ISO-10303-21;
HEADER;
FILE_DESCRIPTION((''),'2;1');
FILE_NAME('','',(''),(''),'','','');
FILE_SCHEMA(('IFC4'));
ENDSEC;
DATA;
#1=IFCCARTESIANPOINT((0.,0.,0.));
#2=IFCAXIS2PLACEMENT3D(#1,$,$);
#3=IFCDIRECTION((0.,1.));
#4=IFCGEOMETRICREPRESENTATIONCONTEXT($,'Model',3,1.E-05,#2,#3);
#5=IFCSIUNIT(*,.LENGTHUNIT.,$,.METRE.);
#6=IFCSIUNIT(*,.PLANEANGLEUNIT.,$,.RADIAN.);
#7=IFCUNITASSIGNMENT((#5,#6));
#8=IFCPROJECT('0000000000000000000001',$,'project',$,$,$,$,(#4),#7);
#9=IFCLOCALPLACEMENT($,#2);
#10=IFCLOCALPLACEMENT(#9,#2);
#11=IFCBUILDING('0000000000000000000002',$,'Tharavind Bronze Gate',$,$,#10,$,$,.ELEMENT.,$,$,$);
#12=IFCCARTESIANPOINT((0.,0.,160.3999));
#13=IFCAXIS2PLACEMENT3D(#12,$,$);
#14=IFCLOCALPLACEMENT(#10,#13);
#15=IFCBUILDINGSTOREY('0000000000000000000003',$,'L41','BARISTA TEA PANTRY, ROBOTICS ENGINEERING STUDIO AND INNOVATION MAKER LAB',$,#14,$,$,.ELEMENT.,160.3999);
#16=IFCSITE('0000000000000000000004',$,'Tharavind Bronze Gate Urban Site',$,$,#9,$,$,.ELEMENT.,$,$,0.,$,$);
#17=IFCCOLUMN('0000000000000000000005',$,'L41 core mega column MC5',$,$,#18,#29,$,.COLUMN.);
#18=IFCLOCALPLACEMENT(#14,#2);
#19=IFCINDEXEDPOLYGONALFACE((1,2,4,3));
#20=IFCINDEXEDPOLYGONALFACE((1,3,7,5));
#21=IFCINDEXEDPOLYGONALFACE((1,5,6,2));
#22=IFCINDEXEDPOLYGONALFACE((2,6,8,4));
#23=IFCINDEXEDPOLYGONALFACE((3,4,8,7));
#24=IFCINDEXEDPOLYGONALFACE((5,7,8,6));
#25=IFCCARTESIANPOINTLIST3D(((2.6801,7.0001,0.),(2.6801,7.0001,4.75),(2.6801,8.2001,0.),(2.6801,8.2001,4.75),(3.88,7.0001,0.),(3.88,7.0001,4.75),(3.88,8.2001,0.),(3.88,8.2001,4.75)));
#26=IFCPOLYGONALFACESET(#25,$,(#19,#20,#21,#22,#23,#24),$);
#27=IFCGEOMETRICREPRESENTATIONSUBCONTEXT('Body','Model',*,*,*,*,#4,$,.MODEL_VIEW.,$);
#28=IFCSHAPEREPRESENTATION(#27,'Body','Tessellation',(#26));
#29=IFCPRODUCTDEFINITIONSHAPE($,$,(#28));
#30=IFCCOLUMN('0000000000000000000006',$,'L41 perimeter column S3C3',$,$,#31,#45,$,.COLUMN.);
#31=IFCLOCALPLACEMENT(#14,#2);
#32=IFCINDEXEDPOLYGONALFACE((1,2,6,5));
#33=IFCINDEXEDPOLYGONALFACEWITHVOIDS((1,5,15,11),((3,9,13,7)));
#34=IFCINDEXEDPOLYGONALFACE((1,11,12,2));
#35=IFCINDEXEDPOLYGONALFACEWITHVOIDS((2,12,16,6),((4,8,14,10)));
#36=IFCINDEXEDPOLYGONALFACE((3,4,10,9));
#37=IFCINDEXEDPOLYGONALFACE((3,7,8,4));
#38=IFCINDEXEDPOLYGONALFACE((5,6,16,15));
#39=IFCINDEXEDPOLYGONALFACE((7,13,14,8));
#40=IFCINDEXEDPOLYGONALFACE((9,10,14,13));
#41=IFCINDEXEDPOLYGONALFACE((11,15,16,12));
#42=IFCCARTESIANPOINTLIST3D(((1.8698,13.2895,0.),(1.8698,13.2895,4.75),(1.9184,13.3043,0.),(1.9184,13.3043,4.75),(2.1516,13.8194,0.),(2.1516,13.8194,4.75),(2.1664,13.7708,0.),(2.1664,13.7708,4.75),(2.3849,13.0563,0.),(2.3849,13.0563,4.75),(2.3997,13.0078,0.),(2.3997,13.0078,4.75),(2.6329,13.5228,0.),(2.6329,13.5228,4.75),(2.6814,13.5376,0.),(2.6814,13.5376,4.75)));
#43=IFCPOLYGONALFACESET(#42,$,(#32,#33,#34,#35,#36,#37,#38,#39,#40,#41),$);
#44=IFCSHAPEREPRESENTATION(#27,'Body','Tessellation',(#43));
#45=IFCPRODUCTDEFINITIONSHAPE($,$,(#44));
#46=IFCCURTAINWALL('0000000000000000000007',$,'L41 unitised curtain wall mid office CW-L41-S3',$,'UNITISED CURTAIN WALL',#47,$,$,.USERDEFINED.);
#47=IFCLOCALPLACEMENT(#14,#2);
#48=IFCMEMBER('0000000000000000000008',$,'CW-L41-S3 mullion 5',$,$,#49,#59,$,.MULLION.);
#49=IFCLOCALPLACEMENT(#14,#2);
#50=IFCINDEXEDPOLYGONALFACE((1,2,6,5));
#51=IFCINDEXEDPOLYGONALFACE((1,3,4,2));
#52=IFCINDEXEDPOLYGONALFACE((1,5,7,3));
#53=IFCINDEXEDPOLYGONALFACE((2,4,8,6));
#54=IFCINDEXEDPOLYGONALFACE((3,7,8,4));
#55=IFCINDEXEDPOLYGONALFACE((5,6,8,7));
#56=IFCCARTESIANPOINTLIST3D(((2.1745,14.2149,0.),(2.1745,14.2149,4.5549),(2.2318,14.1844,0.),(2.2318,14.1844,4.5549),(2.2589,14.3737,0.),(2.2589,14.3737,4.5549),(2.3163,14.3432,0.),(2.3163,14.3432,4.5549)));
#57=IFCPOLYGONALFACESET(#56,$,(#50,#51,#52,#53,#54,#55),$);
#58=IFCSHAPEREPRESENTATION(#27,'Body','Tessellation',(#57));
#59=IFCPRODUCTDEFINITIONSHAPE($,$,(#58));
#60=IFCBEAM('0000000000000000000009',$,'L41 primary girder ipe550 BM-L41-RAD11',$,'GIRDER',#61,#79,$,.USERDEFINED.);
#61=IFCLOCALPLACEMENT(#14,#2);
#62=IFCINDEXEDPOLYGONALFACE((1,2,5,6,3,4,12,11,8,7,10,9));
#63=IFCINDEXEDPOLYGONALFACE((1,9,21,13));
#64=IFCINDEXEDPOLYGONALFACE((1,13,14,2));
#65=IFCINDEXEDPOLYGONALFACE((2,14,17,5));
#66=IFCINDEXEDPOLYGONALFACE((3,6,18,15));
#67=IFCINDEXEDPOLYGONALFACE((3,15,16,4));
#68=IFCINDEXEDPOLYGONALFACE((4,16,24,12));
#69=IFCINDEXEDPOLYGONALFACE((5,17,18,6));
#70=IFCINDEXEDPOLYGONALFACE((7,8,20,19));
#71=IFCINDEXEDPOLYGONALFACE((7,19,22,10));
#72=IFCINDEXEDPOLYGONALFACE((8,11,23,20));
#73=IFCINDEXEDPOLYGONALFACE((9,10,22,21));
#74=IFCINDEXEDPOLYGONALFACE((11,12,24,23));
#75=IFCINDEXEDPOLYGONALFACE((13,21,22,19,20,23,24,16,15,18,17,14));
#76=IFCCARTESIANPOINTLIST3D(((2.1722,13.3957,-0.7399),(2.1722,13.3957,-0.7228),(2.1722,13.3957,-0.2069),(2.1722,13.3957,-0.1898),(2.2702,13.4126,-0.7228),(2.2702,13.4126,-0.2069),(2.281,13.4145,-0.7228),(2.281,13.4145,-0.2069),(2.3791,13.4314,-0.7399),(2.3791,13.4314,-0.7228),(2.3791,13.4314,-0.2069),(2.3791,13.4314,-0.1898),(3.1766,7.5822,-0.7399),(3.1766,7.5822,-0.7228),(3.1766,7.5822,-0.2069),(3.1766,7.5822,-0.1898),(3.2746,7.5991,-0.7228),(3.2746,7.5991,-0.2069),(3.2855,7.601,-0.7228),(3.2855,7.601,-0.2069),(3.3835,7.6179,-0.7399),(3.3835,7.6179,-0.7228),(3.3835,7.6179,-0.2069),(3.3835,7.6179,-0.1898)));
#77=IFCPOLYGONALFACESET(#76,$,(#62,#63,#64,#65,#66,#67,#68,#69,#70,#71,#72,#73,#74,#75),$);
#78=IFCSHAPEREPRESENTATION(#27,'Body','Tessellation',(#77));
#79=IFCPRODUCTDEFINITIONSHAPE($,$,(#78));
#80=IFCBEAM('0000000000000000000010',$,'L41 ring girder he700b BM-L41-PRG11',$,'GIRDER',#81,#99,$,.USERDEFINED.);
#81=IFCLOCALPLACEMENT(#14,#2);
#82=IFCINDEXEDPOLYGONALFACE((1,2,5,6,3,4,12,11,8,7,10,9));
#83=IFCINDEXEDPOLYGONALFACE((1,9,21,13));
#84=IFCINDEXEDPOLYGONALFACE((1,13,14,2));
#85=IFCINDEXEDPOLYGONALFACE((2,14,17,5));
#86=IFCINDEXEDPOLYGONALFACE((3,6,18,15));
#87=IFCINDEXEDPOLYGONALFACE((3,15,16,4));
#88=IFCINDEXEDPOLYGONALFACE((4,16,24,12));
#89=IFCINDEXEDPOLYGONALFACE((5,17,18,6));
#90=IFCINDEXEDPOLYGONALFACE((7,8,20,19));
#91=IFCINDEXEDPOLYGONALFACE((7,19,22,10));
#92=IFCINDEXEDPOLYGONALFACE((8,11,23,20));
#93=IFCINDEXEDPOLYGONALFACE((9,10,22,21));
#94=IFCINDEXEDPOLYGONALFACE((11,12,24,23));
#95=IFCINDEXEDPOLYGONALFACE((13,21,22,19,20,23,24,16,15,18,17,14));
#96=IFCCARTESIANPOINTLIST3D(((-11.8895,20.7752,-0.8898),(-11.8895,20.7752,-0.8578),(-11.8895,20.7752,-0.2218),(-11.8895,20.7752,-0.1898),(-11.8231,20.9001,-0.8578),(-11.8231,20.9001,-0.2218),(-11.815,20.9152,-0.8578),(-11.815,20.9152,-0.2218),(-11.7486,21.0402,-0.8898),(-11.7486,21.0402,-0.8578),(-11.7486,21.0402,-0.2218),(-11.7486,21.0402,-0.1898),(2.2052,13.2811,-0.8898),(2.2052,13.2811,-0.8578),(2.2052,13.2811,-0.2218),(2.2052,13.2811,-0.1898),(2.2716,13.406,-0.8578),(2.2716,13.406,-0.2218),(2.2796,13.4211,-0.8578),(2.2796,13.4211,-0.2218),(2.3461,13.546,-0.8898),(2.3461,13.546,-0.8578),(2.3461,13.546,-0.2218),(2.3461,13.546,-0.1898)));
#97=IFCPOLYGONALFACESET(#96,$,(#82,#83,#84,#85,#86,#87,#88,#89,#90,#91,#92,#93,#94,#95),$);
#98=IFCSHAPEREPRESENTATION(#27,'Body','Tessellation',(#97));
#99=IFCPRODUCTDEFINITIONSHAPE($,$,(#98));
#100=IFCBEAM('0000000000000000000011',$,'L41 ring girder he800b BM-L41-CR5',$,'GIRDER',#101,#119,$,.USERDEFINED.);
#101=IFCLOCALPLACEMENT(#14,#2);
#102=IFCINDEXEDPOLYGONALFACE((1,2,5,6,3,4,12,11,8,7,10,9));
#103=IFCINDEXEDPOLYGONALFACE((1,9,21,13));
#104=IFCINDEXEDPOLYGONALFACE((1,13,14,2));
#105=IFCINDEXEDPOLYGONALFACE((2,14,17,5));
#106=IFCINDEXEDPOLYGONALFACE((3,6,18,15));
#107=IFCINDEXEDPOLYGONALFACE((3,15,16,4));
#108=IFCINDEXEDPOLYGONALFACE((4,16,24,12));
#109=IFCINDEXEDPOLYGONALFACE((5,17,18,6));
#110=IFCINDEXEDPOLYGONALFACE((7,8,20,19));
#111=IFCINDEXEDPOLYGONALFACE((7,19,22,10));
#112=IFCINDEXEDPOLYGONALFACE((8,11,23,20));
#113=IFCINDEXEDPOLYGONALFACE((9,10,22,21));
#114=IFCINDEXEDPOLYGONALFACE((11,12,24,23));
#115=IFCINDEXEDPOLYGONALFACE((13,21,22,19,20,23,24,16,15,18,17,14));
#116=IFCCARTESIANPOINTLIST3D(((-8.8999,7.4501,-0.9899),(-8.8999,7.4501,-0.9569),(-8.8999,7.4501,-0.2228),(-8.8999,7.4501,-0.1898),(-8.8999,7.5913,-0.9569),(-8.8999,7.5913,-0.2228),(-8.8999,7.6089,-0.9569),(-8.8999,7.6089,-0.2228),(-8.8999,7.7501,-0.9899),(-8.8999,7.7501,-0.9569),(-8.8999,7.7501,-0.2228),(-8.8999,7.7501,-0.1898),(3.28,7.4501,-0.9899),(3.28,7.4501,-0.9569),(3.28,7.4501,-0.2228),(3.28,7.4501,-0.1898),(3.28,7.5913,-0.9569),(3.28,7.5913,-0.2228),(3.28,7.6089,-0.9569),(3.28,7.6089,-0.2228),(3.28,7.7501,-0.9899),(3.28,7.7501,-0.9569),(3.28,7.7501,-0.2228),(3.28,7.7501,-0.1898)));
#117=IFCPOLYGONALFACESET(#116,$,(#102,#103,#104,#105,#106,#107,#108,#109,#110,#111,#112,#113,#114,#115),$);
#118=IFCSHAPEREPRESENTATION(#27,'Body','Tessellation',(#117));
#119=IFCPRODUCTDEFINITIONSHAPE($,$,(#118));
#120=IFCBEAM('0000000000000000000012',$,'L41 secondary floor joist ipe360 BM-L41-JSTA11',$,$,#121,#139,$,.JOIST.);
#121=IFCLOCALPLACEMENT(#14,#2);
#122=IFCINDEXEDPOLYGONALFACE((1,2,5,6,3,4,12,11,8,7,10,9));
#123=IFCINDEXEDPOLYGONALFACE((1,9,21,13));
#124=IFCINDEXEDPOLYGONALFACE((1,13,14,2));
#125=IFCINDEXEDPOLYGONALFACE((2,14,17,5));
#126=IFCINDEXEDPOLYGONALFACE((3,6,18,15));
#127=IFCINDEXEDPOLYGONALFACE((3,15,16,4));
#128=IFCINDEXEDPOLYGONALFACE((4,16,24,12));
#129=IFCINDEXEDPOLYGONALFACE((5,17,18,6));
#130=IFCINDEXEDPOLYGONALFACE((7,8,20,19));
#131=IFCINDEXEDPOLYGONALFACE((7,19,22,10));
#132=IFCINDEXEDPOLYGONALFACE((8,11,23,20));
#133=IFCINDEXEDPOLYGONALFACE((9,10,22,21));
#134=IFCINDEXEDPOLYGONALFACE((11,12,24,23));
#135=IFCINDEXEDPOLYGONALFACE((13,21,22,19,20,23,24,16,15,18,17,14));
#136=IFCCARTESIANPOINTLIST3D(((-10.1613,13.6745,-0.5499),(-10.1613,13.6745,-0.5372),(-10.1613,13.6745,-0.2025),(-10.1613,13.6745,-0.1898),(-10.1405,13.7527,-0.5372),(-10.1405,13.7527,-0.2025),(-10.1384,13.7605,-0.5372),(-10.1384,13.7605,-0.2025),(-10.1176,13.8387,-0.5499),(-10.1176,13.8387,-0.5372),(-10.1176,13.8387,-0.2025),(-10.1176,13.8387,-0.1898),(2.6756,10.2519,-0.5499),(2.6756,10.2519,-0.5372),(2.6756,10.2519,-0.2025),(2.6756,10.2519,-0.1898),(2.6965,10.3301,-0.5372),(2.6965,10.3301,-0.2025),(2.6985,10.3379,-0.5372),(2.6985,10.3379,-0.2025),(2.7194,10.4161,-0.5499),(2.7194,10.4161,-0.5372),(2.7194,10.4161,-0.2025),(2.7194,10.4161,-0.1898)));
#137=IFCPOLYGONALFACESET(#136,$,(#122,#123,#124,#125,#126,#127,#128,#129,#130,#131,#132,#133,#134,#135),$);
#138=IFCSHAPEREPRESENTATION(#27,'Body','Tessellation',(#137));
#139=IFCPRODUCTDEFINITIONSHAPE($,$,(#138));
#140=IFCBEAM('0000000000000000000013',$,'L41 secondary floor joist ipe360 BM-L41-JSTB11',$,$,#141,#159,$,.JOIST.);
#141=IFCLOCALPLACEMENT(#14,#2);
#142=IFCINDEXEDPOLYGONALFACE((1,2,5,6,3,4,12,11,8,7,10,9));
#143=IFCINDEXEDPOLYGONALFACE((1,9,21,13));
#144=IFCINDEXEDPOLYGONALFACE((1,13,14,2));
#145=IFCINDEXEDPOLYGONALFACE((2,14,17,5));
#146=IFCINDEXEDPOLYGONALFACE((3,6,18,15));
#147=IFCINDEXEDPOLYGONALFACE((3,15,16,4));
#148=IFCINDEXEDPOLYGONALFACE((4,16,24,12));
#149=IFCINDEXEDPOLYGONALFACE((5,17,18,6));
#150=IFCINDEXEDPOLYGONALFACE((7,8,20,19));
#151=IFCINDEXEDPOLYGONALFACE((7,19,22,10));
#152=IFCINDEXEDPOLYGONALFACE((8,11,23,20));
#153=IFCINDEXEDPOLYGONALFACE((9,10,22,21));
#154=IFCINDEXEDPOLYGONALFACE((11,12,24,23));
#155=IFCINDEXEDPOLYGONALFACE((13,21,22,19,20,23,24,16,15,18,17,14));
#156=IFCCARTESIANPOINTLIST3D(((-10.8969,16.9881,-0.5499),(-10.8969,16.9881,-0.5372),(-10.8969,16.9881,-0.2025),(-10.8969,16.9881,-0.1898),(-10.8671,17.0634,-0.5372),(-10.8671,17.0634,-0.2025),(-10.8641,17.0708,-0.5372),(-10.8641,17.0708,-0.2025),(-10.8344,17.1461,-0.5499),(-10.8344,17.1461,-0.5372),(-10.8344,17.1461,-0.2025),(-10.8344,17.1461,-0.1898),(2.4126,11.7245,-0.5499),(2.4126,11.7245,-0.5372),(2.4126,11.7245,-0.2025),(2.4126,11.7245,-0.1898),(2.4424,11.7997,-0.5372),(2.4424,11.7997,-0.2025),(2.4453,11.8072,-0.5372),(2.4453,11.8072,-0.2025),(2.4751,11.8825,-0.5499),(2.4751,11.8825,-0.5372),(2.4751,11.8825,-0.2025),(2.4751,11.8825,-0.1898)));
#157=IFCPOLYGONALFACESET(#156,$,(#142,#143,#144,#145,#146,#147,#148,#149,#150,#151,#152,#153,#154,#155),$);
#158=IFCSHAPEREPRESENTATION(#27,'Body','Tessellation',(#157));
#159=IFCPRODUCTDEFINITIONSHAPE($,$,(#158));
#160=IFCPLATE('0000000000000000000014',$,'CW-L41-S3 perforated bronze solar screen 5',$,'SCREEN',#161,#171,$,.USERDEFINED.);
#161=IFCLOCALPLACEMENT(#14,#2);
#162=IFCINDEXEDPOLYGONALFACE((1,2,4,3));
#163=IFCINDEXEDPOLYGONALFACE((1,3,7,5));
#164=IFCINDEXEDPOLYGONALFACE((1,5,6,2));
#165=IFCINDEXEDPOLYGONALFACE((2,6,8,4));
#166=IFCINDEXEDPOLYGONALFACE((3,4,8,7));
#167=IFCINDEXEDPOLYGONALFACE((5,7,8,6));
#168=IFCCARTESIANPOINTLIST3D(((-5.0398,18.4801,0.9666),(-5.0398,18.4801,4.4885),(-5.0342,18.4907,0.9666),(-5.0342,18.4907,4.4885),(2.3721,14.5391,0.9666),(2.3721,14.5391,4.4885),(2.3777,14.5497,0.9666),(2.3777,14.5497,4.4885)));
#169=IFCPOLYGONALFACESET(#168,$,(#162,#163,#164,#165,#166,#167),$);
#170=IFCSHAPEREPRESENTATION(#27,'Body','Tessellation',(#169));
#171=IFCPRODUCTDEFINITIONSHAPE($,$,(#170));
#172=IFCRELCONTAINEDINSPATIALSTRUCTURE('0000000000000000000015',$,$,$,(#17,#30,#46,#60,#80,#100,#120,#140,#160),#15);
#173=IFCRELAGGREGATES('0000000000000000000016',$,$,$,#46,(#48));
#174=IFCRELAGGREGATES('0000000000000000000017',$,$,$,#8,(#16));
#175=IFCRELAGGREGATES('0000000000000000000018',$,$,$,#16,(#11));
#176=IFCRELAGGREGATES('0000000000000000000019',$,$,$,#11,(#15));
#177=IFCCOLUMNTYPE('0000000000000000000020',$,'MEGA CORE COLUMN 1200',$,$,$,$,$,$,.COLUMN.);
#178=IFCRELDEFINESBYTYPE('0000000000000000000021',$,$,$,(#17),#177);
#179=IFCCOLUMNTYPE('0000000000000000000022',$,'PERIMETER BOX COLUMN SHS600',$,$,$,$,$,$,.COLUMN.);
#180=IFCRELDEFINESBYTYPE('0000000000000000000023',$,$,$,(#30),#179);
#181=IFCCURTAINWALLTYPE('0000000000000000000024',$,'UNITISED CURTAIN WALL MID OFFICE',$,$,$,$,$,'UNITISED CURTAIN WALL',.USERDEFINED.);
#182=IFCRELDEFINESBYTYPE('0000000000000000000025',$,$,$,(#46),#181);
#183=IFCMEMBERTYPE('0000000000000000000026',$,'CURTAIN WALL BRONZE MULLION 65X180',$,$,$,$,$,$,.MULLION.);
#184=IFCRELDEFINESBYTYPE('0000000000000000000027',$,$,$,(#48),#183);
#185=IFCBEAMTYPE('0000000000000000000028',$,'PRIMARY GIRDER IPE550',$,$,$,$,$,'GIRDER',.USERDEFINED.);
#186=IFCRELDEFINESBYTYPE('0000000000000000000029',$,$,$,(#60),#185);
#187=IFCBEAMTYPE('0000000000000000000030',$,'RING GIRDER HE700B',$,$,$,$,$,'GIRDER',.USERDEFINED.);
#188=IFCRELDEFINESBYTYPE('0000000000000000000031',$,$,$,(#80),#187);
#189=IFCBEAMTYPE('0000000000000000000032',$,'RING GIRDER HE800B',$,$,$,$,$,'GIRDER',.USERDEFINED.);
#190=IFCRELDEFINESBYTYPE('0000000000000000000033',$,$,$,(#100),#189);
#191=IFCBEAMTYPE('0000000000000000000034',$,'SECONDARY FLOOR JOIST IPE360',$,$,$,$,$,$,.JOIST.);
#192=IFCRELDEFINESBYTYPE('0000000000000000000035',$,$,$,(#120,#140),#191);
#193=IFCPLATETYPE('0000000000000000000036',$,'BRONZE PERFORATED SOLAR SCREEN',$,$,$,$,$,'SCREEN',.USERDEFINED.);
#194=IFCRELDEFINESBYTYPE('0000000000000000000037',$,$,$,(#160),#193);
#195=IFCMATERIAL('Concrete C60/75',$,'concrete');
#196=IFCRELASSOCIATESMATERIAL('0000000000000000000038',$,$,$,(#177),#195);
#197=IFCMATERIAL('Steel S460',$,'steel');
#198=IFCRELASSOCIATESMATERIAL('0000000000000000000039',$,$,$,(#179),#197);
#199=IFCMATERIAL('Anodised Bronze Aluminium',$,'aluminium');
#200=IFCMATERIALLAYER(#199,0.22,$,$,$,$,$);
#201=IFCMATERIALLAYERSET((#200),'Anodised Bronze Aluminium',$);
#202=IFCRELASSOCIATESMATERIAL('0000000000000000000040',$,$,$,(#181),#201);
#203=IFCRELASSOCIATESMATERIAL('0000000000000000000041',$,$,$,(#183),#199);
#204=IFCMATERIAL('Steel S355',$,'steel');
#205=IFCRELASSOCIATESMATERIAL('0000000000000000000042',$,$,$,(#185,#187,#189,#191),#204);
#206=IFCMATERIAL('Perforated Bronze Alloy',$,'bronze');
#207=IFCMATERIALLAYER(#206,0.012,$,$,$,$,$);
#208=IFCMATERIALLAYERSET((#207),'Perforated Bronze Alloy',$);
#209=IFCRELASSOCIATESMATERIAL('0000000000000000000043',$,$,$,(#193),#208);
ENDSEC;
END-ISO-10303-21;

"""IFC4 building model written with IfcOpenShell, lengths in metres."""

from ifc_helpers import new_model, si_unit, direction, frame, origin, origin_2d, place, context, subcontext, project, spatial, rectangle, hollow_rectangle, i_section, extrude, material, layer, layer_set, material_profile, profile_set, type_object, element, aggregate, save


model = new_model("IFC4")

# Units and contexts
model_context = context("Model", 3, precision=1e-05, world=origin(), true_north=direction((0.0, 1.0)))
body_context = subcontext(model_context, "Body", "Model", "MODEL_VIEW")
ifc_project = project(units=[si_unit("LENGTHUNIT", "METRE"), si_unit("PLANEANGLEUNIT", "RADIAN")], contexts=[model_context])

# Site, building, storey
site_placement = place(None, origin())
site = spatial("IfcSite", under=ifc_project, at=site_placement, Name="Tharavind Bronze Gate Urban Site", CompositionType="ELEMENT", RefElevation=0.0)
building_placement = place(site_placement, origin())
building = spatial("IfcBuilding", under=site, at=building_placement, Name="Tharavind Bronze Gate", CompositionType="ELEMENT")
storey_placement = place(building_placement, frame((0.0, 0.0, 160.3999)))
storey = spatial("IfcBuildingStorey", under=building, at=storey_placement, Name="L41", Description="BARISTA TEA PANTRY, ROBOTICS ENGINEERING STUDIO AND INNOVATION MAKER LAB", CompositionType="ELEMENT", Elevation=160.3999)

# Columns
ifc_material_1 = material(Name="Concrete C60/75", Category="concrete")
ifc_material_profile_1 = material_profile(ifc_material_1, rectangle(XDim=1.2, YDim=1.2, at=origin_2d()), Name="RCCOL1200")
ifc_profile_set_1 = profile_set([ifc_material_profile_1], Name="Concrete C60/75")
column_type_1 = type_object("IfcColumnType", Name="MEGA CORE COLUMN 1200", PredefinedType="COLUMN", material=ifc_profile_set_1)
column_1_placement = place(storey_placement, frame((3.28, 7.6001, 0.0), z_axis=(0.0, 0.0, 1.0), x_axis=(1.0, 0.0, 0.0)))
element("IfcColumn", 1, at=column_1_placement, inside=storey, type_object=column_type_1, Name="L41 core mega column MC5", PredefinedType="COLUMN", context=body_context, shape_type="SweptSolid", body=[
    extrude(rectangle(XDim=1.2, YDim=1.2, at=origin_2d()), origin(), (0.0, 0.0, 1.0), 4.75),
])
ifc_material_2 = material(Name="Steel S460", Category="steel")
ifc_material_profile_2 = material_profile(ifc_material_2, hollow_rectangle(XDim=0.6001, YDim=0.6001, WallThickness=0.0359, at=origin_2d()), Name="SHS600X36")
ifc_profile_set_2 = profile_set([ifc_material_profile_2], Name="Steel S460")
column_type_2 = type_object("IfcColumnType", Name="PERIMETER BOX COLUMN SHS600", PredefinedType="COLUMN", material=ifc_profile_set_2)
column_2_placement = place(storey_placement, frame((2.2756, 13.4136, 0.0), z_axis=(0.0, 0.0, 1.0), x_axis=(-0.882948, 0.46947, 0.0)))
element("IfcColumn", 2, at=column_2_placement, inside=storey, type_object=column_type_2, Name="L41 perimeter column S3C3", PredefinedType="COLUMN", context=body_context, shape_type="SweptSolid", body=[
    extrude(hollow_rectangle(XDim=0.6001, YDim=0.6001, WallThickness=0.0359, at=origin_2d()), origin(), (0.0, 0.0, 1.0), 4.75),
])

# Curtain wall, member
ifc_material_3 = material(Name="Anodised Bronze Aluminium", Category="aluminium")
ifc_layer_1 = layer(ifc_material_3, 0.22)
ifc_layer_set_1 = layer_set([ifc_layer_1], Name="Anodised Bronze Aluminium")
curtain_wall_type = type_object("IfcCurtainWallType", Name="UNITISED CURTAIN WALL MID OFFICE", ElementType="UNITISED CURTAIN WALL", PredefinedType="USERDEFINED", material=ifc_layer_set_1)
curtain_wall_placement = place(storey_placement, origin())
curtain_wall = element("IfcCurtainWall", 3, at=curtain_wall_placement, inside=storey, type_object=curtain_wall_type, Name="L41 unitised curtain wall mid office CW-L41-S3", ObjectType="UNITISED CURTAIN WALL", PredefinedType="USERDEFINED")
member_type = type_object("IfcMemberType", Name="CURTAIN WALL BRONZE MULLION 65X180", PredefinedType="MULLION", material=ifc_material_3)
member_placement = place(storey_placement, frame((2.2454, 14.2791, 0.0), z_axis=(0.0, 0.0, 1.0), x_axis=(-0.882948, 0.469472, 0.0)))
member = element("IfcMember", 4, at=member_placement, type_object=member_type, Name="CW-L41-S3 mullion 5", PredefinedType="MULLION", context=body_context, shape_type="SweptSolid", body=[
    extrude(rectangle(XDim=0.0649, YDim=0.1799, at=origin_2d()), origin(), (0.0, 0.0, 1.0), 4.5549),
])

# Beams
ifc_material_4 = material(Name="Steel S355", Category="steel")
ifc_material_profile_3 = material_profile(ifc_material_4, i_section(OverallWidth=0.21, OverallDepth=0.55, WebThickness=0.011, FlangeThickness=0.0171, at=origin_2d()), Name="IPE550")
ifc_profile_set_3 = profile_set([ifc_material_profile_3], Name="Steel S355")
beam_type_1 = type_object("IfcBeamType", Name="PRIMARY GIRDER IPE550", ElementType="GIRDER", PredefinedType="USERDEFINED", material=ifc_profile_set_3)
beam_1_placement = place(storey_placement, frame((2.2756, 13.4136, -0.4648), z_axis=(0.170248, -0.985401, 0.0), x_axis=(0.985401, 0.170248, 0.0)))
element("IfcBeam", 5, at=beam_1_placement, inside=storey, type_object=beam_type_1, Name="L41 primary girder ipe550 BM-L41-RAD11", ObjectType="GIRDER", PredefinedType="USERDEFINED", context=body_context, shape_type="SweptSolid", body=[
    extrude(i_section(OverallWidth=0.21, OverallDepth=0.55, WebThickness=0.011, FlangeThickness=0.0171, at=origin_2d()), origin(), (0.0, 0.0, 1.0), 5.8997),
])
ifc_material_profile_4 = material_profile(ifc_material_4, i_section(OverallWidth=0.3, OverallDepth=0.7, WebThickness=0.0171, FlangeThickness=0.032, at=origin_2d()), Name="HE700B")
ifc_profile_set_4 = profile_set([ifc_material_profile_4], Name="Steel S355")
beam_type_2 = type_object("IfcBeamType", Name="RING GIRDER HE700B", ElementType="GIRDER", PredefinedType="USERDEFINED", material=ifc_profile_set_4)
beam_2_placement = place(storey_placement, frame((2.2756, 13.4136, -0.5398), z_axis=(-0.882952, 0.469464, 0.0), x_axis=(-0.469464, -0.882952, 0.0)))
element("IfcBeam", 6, at=beam_2_placement, inside=storey, type_object=beam_type_2, Name="L41 ring girder he700b BM-L41-PRG11", ObjectType="GIRDER", PredefinedType="USERDEFINED", context=body_context, shape_type="SweptSolid", body=[
    extrude(i_section(OverallWidth=0.3, OverallDepth=0.7, WebThickness=0.0171, FlangeThickness=0.032, at=origin_2d()), origin(), (0.0, 0.0, 1.0), 15.9631),
])
ifc_material_profile_5 = material_profile(ifc_material_4, i_section(OverallWidth=0.3, OverallDepth=0.8, WebThickness=0.0176, FlangeThickness=0.033, at=origin_2d()), Name="HE800B")
ifc_profile_set_5 = profile_set([ifc_material_profile_5], Name="Steel S355")
beam_type_3 = type_object("IfcBeamType", Name="RING GIRDER HE800B", ElementType="GIRDER", PredefinedType="USERDEFINED", material=ifc_profile_set_5)
beam_3_placement = place(storey_placement, frame((3.28, 7.6001, -0.5898), z_axis=(-1.0, 0.0, 0.0), x_axis=(0.0, -1.0, 0.0)))
element("IfcBeam", 7, at=beam_3_placement, inside=storey, type_object=beam_type_3, Name="L41 ring girder he800b BM-L41-CR5", ObjectType="GIRDER", PredefinedType="USERDEFINED", context=body_context, shape_type="SweptSolid", body=[
    extrude(i_section(OverallWidth=0.3, OverallDepth=0.8, WebThickness=0.0176, FlangeThickness=0.033, at=origin_2d()), origin(), (0.0, 0.0, 1.0), 12.1799),
])
ifc_material_profile_6 = material_profile(ifc_material_4, i_section(OverallWidth=0.1699, OverallDepth=0.3601, WebThickness=0.0081, FlangeThickness=0.0127, at=origin_2d()), Name="IPE360")
ifc_profile_set_6 = profile_set([ifc_material_profile_6], Name="Steel S355")
beam_type_4 = type_object("IfcBeamType", Name="SECONDARY FLOOR JOIST IPE360", PredefinedType="JOIST", material=ifc_profile_set_6)
beam_4_placement = place(storey_placement, frame((2.6975, 10.334, -0.3699), z_axis=(-0.966246, 0.257623, 0.0), x_axis=(-0.257623, -0.966246, 0.0)))
element("IfcBeam", 8, at=beam_4_placement, inside=storey, type_object=beam_type_4, Name="L41 secondary floor joist ipe360 BM-L41-JSTA11", PredefinedType="JOIST", context=body_context, shape_type="SweptSolid", body=[
    extrude(i_section(OverallWidth=0.1699, OverallDepth=0.3601, WebThickness=0.0081, FlangeThickness=0.0127, at=origin_2d()), origin(), (0.0, 0.0, 1.0), 13.2854),
])
beam_5_placement = place(storey_placement, frame((2.4438, 11.8035, -0.3699), z_axis=(-0.929919, 0.367765, 0.0), x_axis=(-0.367765, -0.929919, 0.0)))
element("IfcBeam", 9, at=beam_5_placement, inside=storey, type_object=beam_type_4, Name="L41 secondary floor joist ipe360 BM-L41-JSTB11", PredefinedType="JOIST", context=body_context, shape_type="SweptSolid", body=[
    extrude(i_section(OverallWidth=0.1699, OverallDepth=0.3601, WebThickness=0.0081, FlangeThickness=0.0127, at=origin_2d()), origin(), (0.0, 0.0, 1.0), 14.3125),
])

# Plate
ifc_material_5 = material(Name="Perforated Bronze Alloy", Category="bronze")
ifc_layer_2 = layer(ifc_material_5, 0.012)
ifc_layer_set_2 = layer_set([ifc_layer_2], Name="Perforated Bronze Alloy")
plate_type_1 = type_object("IfcPlateType", Name="BRONZE PERFORATED SOLAR SCREEN", ElementType="SCREEN", PredefinedType="USERDEFINED", material=ifc_layer_set_2)
plate_1_placement = place(storey_placement, frame((-1.3311, 16.5149, 0.9666), z_axis=(0.0, 0.0, 1.0), x_axis=(-0.882948, 0.469472, 0.0)))
element("IfcPlate", 10, at=plate_1_placement, inside=storey, type_object=plate_type_1, Name="CW-L41-S3 perforated bronze solar screen 5", ObjectType="SCREEN", PredefinedType="USERDEFINED", context=body_context, shape_type="SweptSolid", body=[
    extrude(rectangle(XDim=8.3945, YDim=0.012, at=origin_2d()), origin(), (0.0, 0.0, 1.0), 3.522),
])

aggregate(curtain_wall, [member])

save(model, "model.ifc")
